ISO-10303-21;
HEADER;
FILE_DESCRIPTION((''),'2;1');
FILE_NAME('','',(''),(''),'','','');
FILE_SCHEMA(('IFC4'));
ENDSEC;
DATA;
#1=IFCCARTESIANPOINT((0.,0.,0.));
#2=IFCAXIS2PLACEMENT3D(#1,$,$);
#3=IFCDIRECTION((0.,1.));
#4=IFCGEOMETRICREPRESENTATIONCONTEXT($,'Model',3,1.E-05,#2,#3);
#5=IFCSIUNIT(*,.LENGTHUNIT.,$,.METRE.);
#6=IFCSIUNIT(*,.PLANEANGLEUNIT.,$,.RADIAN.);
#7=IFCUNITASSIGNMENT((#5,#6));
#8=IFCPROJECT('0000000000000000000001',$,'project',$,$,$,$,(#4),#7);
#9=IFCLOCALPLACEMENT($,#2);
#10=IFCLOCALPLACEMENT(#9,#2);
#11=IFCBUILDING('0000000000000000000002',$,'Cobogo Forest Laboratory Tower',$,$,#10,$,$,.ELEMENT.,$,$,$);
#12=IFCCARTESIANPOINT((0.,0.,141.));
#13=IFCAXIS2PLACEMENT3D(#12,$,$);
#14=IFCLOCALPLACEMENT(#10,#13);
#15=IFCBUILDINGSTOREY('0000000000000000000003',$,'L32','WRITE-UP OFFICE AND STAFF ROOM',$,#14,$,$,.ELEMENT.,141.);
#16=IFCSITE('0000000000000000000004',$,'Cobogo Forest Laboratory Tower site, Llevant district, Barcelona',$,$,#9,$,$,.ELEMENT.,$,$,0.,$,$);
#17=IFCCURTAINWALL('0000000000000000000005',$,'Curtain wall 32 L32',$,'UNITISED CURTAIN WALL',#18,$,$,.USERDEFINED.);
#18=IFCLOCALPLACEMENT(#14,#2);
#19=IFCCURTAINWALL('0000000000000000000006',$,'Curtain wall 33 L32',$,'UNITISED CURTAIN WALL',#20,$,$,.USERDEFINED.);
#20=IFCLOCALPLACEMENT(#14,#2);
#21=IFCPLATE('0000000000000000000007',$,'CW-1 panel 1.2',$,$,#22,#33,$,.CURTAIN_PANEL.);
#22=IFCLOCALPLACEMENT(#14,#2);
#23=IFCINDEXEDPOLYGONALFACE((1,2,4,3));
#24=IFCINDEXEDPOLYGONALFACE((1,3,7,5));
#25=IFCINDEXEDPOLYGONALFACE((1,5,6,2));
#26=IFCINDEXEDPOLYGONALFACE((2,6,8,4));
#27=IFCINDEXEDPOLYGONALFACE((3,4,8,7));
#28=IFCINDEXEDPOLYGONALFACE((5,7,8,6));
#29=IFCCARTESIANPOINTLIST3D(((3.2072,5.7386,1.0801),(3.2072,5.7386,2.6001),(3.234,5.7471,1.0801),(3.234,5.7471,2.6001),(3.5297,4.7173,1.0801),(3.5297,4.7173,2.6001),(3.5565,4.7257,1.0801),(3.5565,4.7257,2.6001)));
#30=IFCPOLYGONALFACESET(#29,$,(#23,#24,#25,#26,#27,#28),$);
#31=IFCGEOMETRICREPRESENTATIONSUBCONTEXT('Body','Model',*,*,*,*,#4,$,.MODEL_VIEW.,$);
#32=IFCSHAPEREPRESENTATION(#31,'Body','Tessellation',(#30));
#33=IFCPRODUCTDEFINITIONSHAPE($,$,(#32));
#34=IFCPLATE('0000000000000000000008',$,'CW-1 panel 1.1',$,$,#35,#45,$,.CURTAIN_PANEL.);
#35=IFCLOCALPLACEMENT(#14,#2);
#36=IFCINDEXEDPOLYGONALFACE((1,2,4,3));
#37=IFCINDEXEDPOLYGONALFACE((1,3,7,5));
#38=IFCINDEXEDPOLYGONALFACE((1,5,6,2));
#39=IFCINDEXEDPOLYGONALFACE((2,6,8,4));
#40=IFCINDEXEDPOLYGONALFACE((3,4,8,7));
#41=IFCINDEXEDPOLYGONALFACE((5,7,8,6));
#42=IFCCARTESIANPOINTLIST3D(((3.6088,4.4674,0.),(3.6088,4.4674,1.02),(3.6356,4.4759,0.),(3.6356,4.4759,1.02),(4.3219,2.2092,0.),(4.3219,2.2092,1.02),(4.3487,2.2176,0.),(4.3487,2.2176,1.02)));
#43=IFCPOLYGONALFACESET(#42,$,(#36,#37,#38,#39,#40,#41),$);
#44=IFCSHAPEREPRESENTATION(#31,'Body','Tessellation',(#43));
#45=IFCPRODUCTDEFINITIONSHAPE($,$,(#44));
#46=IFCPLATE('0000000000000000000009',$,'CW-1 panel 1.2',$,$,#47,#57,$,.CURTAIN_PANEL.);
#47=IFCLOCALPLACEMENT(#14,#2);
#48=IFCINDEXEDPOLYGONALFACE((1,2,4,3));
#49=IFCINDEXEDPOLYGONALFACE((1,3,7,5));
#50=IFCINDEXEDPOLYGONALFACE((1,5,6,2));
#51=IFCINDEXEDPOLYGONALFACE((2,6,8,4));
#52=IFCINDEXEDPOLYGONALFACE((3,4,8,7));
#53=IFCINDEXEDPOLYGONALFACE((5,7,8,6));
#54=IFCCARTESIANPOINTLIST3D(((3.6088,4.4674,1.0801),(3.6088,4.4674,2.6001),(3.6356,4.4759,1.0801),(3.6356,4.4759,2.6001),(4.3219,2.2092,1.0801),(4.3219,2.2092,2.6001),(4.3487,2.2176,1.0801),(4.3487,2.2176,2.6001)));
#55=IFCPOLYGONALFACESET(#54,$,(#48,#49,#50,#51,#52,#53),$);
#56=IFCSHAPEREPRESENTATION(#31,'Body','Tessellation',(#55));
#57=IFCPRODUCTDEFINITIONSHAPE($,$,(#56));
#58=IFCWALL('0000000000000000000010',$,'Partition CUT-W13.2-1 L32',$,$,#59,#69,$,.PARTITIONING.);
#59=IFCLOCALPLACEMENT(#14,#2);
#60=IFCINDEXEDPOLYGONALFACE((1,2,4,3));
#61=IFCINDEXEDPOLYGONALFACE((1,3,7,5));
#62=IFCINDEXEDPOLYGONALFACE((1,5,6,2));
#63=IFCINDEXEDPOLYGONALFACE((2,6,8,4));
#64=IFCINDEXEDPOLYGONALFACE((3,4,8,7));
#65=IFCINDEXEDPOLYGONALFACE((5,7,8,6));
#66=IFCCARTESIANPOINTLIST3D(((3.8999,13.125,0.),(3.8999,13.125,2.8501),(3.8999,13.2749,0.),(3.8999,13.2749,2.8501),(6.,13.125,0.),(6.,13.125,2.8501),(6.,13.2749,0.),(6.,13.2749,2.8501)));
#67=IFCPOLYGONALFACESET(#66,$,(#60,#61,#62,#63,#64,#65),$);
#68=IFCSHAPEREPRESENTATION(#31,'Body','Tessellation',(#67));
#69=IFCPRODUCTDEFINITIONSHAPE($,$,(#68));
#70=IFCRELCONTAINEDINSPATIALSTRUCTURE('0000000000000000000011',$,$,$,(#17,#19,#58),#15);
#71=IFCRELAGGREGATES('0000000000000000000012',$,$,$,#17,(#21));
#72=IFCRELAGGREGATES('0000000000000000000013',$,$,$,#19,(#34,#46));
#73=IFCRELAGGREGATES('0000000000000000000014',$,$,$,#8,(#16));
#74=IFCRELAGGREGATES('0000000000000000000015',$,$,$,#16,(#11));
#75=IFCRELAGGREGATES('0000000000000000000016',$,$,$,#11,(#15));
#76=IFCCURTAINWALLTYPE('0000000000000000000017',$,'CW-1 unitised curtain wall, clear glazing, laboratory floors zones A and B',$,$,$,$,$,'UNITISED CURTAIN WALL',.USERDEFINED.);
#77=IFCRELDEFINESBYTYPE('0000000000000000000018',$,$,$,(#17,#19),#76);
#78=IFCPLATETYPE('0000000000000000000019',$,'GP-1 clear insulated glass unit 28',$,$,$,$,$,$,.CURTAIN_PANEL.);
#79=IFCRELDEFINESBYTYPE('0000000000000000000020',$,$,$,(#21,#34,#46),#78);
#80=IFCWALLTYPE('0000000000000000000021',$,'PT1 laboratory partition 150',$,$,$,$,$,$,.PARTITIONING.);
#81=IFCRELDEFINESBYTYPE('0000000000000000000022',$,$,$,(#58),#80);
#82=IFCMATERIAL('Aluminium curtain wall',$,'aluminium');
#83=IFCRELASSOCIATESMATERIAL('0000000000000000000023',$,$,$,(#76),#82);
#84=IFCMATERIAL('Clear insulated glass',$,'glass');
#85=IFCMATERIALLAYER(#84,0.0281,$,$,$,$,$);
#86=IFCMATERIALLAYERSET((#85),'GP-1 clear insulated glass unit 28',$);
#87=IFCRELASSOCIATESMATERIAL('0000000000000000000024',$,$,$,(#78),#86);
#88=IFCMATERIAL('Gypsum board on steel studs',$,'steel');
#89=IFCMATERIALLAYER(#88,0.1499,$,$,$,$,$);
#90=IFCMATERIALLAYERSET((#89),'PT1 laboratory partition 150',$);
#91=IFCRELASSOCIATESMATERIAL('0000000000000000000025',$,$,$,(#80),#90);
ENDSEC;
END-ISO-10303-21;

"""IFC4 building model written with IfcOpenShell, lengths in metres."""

from ifc_helpers import new_model, si_unit, direction, frame, frame_2d, origin, origin_2d, place, context, subcontext, project, spatial, rectangle, extrude, material, layer, layer_set, type_object, element, aggregate, save


model = new_model("IFC4")

# Units and contexts
model_context = context("Model", 3, precision=1e-05, world=origin(), true_north=direction((0.0, 1.0)))
body_context = subcontext(model_context, "Body", "Model", "MODEL_VIEW")
ifc_project = project(units=[si_unit("LENGTHUNIT", "METRE"), si_unit("PLANEANGLEUNIT", "RADIAN")], contexts=[model_context])

# Site, building, storey
site_placement = place(None, origin())
site = spatial("IfcSite", under=ifc_project, at=site_placement, Name="Cobogo Forest Laboratory Tower site, Llevant district, Barcelona", CompositionType="ELEMENT", RefElevation=0.0)
building_placement = place(site_placement, origin())
building = spatial("IfcBuilding", under=site, at=building_placement, Name="Cobogo Forest Laboratory Tower", CompositionType="ELEMENT")
storey_placement = place(building_placement, frame((0.0, 0.0, 141.0)))
storey = spatial("IfcBuildingStorey", under=building, at=storey_placement, Name="L32", Description="WRITE-UP OFFICE AND STAFF ROOM", CompositionType="ELEMENT", Elevation=141.0)

# Curtain walls
ifc_material_1 = material(Name="Aluminium curtain wall", Category="aluminium")
curtain_wall_type = type_object("IfcCurtainWallType", Name="CW-1 unitised curtain wall, clear glazing, laboratory floors zones A and B", ElementType="UNITISED CURTAIN WALL", PredefinedType="USERDEFINED", material=ifc_material_1)
curtain_wall_1_placement = place(storey_placement, origin())
curtain_wall_1 = element("IfcCurtainWall", 1, at=curtain_wall_1_placement, inside=storey, type_object=curtain_wall_type, Name="Curtain wall 32 L32", ObjectType="UNITISED CURTAIN WALL", PredefinedType="USERDEFINED")
curtain_wall_2_placement = place(storey_placement, origin())
curtain_wall_2 = element("IfcCurtainWall", 2, at=curtain_wall_2_placement, inside=storey, type_object=curtain_wall_type, Name="Curtain wall 33 L32", ObjectType="UNITISED CURTAIN WALL", PredefinedType="USERDEFINED")

# Plates
ifc_material_2 = material(Name="Clear insulated glass", Category="glass")
ifc_layer_1 = layer(ifc_material_2, 0.0281)
ifc_layer_set_1 = layer_set([ifc_layer_1], Name="GP-1 clear insulated glass unit 28")
plate_type = type_object("IfcPlateType", Name="GP-1 clear insulated glass unit 28", PredefinedType="CURTAIN_PANEL", material=ifc_layer_set_1)
plate_1_placement = place(storey_placement, frame((3.3818, 5.2322, 1.0801), z_axis=(0.0, 0.0, 1.0), x_axis=(0.301136, -0.953581, 0.0)))
plate_1 = element("IfcPlate", 3, at=plate_1_placement, type_object=plate_type, Name="CW-1 panel 1.2", PredefinedType="CURTAIN_PANEL", context=body_context, shape_type="SweptSolid", body=[
    extrude(rectangle(XDim=1.071, YDim=0.0281, at=origin_2d()), origin(), (0.0, 0.0, 1.0), 1.52),
])
aggregate(curtain_wall_1, [plate_1])
plate_2_placement = place(storey_placement, frame((3.9788, 3.3425, 0.0), z_axis=(0.0, 0.0, 1.0), x_axis=(0.301135, -0.953581, 0.0)))
plate_2 = element("IfcPlate", 4, at=plate_2_placement, type_object=plate_type, Name="CW-1 panel 1.1", PredefinedType="CURTAIN_PANEL", context=body_context, shape_type="SweptSolid", body=[
    extrude(rectangle(XDim=2.3682, YDim=0.0281, at=origin_2d()), origin(), (0.0, 0.0, 1.0), 1.02),
])
plate_3_placement = place(storey_placement, frame((3.9788, 3.3425, 1.0801), z_axis=(0.0, 0.0, 1.0), x_axis=(0.301135, -0.953581, 0.0)))
plate_3 = element("IfcPlate", 5, at=plate_3_placement, type_object=plate_type, Name="CW-1 panel 1.2", PredefinedType="CURTAIN_PANEL", context=body_context, shape_type="SweptSolid", body=[
    extrude(rectangle(XDim=2.3682, YDim=0.0281, at=origin_2d()), origin(), (0.0, 0.0, 1.0), 1.52),
])
aggregate(curtain_wall_2, [plate_2, plate_3])

# Wall
ifc_material_3 = material(Name="Gypsum board on steel studs", Category="steel")
ifc_layer_2 = layer(ifc_material_3, 0.1499)
ifc_layer_set_2 = layer_set([ifc_layer_2], Name="PT1 laboratory partition 150")
wall_type = type_object("IfcWallType", Name="PT1 laboratory partition 150", PredefinedType="PARTITIONING", material=ifc_layer_set_2)
wall_placement = place(storey_placement, frame((3.8999, 13.2, 0.0), z_axis=(0.0, 0.0, 1.0), x_axis=(1.0, 0.0, 0.0)))
element("IfcWall", 6, at=wall_placement, inside=storey, type_object=wall_type, Name="Partition CUT-W13.2-1 L32", PredefinedType="PARTITIONING", context=body_context, shape_type="SweptSolid", body=[
    extrude(rectangle(XDim=2.1001, YDim=0.1499, at=frame_2d((1.05, 0.0))), origin(), (0.0, 0.0, 1.0), 2.8501),
])

save(model, "model.ifc")
